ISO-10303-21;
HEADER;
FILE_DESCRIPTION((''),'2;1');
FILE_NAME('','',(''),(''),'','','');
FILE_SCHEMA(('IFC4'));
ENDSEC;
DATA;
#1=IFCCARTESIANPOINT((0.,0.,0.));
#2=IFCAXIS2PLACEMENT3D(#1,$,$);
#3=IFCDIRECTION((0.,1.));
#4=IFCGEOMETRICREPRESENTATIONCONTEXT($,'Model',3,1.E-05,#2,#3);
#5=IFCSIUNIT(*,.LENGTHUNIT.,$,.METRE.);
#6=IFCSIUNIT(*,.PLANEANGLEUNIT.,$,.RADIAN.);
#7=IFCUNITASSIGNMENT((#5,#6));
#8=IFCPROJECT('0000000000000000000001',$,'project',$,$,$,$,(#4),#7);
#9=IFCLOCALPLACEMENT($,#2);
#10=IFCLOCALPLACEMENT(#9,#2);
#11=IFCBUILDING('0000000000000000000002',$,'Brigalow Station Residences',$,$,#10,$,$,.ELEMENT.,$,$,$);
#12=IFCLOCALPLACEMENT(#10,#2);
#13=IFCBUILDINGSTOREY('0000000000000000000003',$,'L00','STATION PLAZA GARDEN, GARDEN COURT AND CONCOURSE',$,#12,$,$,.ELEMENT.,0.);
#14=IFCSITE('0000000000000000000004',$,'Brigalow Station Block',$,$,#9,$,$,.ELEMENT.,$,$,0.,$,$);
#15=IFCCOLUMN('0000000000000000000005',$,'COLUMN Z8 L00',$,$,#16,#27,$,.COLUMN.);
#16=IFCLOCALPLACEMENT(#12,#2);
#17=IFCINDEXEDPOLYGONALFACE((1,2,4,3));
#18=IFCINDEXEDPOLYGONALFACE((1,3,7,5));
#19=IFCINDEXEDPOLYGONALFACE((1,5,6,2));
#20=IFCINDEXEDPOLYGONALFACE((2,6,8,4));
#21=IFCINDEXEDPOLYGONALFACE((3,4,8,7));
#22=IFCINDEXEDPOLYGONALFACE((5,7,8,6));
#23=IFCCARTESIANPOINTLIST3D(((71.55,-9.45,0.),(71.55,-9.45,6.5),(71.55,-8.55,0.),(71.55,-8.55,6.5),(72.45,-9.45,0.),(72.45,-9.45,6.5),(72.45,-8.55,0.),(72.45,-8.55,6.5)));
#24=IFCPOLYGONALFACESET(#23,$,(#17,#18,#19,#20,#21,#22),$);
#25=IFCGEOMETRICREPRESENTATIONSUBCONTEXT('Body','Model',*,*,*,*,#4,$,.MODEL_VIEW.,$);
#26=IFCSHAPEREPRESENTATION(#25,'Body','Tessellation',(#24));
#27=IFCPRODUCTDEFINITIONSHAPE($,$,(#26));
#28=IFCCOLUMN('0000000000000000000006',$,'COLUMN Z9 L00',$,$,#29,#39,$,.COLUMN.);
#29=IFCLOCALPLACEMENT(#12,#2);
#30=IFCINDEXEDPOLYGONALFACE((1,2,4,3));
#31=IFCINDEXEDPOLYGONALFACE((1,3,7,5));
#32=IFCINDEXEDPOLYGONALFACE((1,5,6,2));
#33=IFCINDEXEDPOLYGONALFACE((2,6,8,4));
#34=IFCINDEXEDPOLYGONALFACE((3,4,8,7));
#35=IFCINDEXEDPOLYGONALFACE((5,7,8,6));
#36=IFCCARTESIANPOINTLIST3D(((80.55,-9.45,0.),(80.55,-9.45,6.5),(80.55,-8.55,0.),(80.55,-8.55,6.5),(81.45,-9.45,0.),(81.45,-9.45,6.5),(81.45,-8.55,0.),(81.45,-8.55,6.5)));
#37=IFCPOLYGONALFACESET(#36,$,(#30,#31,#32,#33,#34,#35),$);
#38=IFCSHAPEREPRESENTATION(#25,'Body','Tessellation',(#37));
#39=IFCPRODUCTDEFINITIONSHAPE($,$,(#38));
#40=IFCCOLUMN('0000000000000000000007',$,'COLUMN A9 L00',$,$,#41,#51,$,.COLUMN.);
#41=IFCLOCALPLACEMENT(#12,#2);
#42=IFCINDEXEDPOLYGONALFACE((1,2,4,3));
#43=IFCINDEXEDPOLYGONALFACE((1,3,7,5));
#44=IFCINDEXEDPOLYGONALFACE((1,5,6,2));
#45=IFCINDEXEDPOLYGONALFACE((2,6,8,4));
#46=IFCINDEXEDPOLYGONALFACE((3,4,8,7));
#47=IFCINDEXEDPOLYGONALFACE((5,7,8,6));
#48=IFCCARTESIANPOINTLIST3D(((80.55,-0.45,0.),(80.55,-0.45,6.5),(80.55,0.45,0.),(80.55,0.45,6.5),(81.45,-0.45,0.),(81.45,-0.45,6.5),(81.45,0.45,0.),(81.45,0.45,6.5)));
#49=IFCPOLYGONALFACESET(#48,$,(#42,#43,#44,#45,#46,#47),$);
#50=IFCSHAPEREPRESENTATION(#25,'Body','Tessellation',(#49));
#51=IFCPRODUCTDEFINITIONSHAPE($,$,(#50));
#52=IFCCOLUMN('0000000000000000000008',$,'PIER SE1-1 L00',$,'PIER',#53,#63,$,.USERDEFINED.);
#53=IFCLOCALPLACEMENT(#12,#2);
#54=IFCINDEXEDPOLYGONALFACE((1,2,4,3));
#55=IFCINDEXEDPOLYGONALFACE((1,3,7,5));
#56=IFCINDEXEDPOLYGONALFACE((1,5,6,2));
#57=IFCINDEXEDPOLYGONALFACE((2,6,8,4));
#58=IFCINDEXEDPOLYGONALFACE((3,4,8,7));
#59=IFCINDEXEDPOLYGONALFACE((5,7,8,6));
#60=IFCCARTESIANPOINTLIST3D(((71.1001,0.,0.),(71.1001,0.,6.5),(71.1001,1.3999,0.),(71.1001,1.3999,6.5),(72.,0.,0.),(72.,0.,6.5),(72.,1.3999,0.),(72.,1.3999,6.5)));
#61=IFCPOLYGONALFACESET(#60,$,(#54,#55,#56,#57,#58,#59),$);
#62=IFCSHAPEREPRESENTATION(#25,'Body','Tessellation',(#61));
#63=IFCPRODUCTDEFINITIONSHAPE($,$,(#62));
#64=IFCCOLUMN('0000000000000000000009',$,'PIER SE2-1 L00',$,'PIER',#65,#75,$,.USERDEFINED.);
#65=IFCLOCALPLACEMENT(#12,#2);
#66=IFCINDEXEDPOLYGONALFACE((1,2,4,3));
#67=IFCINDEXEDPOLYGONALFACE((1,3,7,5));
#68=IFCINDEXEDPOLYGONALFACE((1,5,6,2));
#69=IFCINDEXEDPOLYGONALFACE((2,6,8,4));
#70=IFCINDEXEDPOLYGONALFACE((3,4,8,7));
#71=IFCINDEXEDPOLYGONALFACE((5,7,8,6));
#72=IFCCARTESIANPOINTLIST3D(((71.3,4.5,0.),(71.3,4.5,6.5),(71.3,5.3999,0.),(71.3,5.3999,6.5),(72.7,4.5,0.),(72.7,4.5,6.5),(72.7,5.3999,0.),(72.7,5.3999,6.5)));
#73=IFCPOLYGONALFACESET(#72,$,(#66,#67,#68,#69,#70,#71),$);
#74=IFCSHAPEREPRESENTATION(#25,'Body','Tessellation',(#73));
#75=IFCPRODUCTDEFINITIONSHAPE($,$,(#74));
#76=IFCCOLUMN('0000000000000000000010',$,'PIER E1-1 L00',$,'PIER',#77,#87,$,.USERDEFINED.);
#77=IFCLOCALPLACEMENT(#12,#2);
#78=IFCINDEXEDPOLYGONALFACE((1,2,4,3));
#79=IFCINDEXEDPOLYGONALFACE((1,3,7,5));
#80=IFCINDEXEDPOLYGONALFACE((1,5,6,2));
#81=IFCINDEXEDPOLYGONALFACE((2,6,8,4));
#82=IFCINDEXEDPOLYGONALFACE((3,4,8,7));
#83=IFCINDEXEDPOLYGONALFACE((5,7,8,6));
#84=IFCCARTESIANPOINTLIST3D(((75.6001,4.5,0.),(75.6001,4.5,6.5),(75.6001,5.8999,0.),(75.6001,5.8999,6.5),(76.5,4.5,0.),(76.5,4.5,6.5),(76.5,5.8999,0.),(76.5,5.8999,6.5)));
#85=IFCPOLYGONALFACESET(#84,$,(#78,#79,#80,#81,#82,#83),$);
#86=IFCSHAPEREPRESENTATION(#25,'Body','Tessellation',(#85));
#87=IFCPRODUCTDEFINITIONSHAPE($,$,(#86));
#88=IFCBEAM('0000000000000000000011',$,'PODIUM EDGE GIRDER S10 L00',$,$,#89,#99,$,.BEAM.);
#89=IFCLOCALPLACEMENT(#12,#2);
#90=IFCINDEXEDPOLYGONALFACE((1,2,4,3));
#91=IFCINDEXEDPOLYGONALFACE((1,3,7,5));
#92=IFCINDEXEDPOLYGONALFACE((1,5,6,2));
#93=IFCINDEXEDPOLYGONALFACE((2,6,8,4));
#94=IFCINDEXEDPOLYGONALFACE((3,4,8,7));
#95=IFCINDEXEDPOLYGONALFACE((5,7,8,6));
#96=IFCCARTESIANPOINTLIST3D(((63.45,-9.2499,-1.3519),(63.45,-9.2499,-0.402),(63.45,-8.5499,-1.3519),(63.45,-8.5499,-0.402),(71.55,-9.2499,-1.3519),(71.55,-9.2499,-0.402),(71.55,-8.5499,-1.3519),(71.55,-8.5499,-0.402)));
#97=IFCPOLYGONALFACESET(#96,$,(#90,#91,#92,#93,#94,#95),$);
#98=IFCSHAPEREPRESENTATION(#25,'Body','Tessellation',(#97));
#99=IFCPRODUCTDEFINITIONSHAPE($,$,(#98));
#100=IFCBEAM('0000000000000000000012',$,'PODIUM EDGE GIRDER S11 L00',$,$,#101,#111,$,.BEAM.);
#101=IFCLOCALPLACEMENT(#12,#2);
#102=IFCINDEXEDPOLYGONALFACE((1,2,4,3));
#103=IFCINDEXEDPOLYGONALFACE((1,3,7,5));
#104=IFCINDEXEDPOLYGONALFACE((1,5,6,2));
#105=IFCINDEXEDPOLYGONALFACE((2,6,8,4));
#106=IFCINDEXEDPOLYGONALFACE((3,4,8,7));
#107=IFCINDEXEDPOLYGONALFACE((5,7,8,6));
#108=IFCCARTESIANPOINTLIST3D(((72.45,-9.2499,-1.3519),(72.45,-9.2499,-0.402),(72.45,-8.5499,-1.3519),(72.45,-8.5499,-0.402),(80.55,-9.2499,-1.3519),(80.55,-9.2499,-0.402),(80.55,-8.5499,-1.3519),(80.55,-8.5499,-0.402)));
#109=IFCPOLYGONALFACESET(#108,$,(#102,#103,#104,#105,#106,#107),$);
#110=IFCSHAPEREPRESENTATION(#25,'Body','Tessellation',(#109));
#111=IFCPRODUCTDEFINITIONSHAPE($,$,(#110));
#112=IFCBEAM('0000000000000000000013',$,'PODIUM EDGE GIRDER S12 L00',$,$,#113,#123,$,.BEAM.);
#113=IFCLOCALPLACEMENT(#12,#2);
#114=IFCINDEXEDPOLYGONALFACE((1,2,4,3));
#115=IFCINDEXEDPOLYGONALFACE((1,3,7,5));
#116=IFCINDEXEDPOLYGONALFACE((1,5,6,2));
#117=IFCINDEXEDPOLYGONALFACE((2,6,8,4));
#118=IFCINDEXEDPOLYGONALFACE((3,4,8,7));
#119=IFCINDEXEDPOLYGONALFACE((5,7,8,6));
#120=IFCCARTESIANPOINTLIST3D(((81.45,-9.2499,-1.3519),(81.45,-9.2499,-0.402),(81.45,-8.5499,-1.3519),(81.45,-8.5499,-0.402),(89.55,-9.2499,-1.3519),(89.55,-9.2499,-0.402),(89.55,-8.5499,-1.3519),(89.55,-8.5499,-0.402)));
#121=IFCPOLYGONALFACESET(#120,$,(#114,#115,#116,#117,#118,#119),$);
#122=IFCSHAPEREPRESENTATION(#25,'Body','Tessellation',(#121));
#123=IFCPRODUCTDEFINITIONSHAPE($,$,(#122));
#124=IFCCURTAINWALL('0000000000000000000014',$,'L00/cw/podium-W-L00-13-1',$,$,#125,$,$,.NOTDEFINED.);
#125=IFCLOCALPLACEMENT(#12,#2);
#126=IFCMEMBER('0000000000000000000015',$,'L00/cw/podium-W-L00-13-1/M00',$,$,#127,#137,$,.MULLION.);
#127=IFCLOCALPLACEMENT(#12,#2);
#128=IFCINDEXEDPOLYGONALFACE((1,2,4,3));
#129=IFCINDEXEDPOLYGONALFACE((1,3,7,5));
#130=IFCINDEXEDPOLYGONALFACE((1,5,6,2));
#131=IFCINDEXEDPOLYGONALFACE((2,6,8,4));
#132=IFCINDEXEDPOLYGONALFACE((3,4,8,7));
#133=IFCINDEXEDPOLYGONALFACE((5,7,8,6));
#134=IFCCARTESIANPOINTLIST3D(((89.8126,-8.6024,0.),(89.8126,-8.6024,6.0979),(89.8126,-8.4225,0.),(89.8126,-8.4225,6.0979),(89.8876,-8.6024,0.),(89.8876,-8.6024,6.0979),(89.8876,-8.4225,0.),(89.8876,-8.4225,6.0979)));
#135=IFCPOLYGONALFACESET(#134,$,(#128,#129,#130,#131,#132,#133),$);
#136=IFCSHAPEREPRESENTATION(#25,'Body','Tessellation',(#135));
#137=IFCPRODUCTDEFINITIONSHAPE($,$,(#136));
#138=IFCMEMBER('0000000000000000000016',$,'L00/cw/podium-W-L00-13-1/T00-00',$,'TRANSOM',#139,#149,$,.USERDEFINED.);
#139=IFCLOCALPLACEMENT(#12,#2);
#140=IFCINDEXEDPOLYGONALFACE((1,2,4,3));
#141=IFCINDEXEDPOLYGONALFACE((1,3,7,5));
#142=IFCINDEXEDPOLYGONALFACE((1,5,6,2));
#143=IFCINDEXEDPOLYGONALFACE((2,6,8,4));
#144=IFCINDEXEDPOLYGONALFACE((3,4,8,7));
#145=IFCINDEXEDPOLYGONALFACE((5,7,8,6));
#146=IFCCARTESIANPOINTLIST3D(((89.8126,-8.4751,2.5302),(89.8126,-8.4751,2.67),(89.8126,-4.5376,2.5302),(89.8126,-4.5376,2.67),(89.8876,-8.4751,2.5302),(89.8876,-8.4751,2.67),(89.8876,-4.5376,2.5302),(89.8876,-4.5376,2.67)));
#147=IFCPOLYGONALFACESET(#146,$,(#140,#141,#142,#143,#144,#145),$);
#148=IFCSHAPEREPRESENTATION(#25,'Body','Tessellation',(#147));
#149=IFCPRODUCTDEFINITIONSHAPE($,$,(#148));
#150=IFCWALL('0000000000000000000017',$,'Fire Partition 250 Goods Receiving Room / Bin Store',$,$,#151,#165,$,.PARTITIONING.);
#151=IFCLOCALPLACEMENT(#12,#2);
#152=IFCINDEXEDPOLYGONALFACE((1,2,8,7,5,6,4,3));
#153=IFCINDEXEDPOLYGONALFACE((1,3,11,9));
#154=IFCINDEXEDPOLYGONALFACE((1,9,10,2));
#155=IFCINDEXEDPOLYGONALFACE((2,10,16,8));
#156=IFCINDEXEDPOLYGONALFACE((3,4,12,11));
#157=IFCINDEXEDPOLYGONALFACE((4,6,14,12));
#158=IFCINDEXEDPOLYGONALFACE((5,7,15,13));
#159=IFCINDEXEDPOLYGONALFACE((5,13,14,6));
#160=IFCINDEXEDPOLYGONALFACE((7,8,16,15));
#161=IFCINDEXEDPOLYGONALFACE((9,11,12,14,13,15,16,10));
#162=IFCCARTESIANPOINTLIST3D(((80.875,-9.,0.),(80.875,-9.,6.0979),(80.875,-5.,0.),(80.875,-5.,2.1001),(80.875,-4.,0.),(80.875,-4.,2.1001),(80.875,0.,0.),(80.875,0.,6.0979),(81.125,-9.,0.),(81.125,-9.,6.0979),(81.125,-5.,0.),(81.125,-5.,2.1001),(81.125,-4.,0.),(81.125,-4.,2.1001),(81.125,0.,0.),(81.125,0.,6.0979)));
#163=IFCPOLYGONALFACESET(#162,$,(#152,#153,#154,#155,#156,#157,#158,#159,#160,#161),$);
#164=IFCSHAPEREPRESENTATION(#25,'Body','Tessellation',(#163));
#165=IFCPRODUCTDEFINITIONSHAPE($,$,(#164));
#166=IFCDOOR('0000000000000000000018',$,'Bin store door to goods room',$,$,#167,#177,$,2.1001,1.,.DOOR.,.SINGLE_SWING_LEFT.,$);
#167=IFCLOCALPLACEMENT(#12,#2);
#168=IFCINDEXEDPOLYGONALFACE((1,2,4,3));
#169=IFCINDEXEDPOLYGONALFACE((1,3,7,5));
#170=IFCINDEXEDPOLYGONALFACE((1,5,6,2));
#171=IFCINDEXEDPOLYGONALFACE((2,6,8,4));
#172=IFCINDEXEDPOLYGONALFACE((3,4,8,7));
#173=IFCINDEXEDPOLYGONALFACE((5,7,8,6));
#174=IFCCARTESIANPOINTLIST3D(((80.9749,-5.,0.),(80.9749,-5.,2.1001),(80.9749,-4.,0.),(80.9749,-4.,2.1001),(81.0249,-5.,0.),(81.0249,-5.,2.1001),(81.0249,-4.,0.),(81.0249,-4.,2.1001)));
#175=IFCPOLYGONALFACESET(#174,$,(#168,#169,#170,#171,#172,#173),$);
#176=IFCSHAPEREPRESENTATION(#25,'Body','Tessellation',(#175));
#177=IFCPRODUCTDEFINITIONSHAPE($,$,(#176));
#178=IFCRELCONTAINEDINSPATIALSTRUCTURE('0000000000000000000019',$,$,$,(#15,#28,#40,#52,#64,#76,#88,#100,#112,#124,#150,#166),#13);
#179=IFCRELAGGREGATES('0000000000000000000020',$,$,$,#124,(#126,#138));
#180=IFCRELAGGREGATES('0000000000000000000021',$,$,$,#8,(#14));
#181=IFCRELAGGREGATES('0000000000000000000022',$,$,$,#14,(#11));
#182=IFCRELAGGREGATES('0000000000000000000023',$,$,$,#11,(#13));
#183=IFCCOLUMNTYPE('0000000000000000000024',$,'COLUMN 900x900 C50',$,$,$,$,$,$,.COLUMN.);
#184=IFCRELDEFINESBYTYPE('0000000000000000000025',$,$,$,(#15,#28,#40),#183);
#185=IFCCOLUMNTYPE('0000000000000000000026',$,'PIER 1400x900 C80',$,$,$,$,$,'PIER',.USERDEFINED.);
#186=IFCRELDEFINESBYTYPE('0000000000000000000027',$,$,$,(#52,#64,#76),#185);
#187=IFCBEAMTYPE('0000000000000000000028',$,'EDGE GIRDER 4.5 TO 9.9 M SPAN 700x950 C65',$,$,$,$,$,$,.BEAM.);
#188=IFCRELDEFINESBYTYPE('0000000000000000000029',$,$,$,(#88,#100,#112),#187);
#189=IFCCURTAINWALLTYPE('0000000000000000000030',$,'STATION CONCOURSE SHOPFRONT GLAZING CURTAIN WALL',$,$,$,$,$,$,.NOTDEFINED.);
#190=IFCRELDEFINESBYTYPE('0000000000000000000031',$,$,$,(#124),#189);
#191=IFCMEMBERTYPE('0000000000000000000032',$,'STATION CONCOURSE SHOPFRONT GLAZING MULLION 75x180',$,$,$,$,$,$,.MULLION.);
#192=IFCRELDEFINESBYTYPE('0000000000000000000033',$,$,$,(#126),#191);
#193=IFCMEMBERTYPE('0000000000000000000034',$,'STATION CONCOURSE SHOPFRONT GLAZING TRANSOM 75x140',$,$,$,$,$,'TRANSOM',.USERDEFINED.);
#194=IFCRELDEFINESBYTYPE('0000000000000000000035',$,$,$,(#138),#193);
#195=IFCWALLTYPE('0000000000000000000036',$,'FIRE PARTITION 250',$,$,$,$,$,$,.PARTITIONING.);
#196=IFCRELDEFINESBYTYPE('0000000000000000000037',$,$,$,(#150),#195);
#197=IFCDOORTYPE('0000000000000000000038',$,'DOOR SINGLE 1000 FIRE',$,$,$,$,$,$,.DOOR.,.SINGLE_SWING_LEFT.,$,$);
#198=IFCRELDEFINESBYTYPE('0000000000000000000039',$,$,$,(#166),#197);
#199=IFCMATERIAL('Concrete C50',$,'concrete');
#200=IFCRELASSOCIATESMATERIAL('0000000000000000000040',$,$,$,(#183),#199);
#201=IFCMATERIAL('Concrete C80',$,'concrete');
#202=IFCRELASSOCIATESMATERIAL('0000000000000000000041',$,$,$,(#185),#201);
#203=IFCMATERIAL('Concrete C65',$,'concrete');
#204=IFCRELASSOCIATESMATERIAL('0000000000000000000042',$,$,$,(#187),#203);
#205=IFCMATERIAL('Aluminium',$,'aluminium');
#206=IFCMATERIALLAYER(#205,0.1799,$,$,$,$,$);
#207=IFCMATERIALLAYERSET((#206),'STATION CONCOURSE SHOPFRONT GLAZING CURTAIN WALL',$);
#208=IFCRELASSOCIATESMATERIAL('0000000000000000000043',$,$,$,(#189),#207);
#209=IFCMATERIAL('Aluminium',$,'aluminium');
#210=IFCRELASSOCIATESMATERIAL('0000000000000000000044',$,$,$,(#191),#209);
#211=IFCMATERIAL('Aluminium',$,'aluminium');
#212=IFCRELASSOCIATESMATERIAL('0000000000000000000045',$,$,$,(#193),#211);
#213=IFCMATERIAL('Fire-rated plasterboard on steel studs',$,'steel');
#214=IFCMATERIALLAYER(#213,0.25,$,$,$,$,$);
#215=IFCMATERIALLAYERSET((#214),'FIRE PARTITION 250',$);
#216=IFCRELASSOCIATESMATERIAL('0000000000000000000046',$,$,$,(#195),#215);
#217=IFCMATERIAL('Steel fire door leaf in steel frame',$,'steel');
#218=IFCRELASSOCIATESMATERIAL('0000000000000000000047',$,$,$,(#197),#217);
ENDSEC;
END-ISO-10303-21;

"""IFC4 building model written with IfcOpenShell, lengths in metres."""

from ifc_helpers import new_model, si_unit, direction, frame, frame_2d, origin, origin_2d, place, context, subcontext, project, spatial, rectangle, extrude, material, layer, layer_set, material_profile, profile_set, type_object, element, fill, aggregate, save


model = new_model("IFC4")

# Units and contexts
model_context = context("Model", 3, precision=1e-05, world=origin(), true_north=direction((0.0, 1.0)))
body_context = subcontext(model_context, "Body", "Model", "MODEL_VIEW")
ifc_project = project(units=[si_unit("LENGTHUNIT", "METRE"), si_unit("PLANEANGLEUNIT", "RADIAN")], contexts=[model_context])

# Site, building, storey
site_placement = place(None, origin())
site = spatial("IfcSite", under=ifc_project, at=site_placement, Name="Brigalow Station Block", CompositionType="ELEMENT", RefElevation=0.0)
building_placement = place(site_placement, origin())
building = spatial("IfcBuilding", under=site, at=building_placement, Name="Brigalow Station Residences", CompositionType="ELEMENT")
storey_placement = place(building_placement, origin())
storey = spatial("IfcBuildingStorey", under=building, at=storey_placement, Name="L00", Description="STATION PLAZA GARDEN, GARDEN COURT AND CONCOURSE", CompositionType="ELEMENT", Elevation=0.0)

# Columns
ifc_material_1 = material(Name="Concrete C50", Category="concrete")
ifc_material_profile_1 = material_profile(ifc_material_1, rectangle(XDim=0.8999, YDim=0.8999, at=origin_2d()), Name="RC900x900")
ifc_profile_set_1 = profile_set([ifc_material_profile_1], Name="Concrete C50")
column_type_1 = type_object("IfcColumnType", Name="COLUMN 900x900 C50", PredefinedType="COLUMN", material=ifc_profile_set_1)
for number, where, z_axis, x_axis, name in (
    (1, (72.0, -9.0, 0.0), (0.0, 0.0, 1.0), (1.0, 0.0, 0.0), "COLUMN Z8 L00"),
    (2, (81.0, -9.0, 0.0), (0.0, 0.0, 1.0), (1.0, 0.0, 0.0), "COLUMN Z9 L00"),
    (3, (81.0, 0.0, 0.0), (0.0, 0.0, 1.0), (1.0, 0.0, 0.0), "COLUMN A9 L00"),
):
    element("IfcColumn", number, at=place(storey_placement, frame(where, z_axis=z_axis, x_axis=x_axis)), inside=storey, type_object=column_type_1, Name=name, PredefinedType="COLUMN", context=body_context, shape_type="SweptSolid", body=[
        extrude(rectangle(XDim=0.8999, YDim=0.8999, at=origin_2d()), origin(), (0.0, 0.0, 1.0), 6.5),
    ])
ifc_material_2 = material(Name="Concrete C80", Category="concrete")
ifc_material_profile_2 = material_profile(ifc_material_2, rectangle(XDim=1.3999, YDim=0.8999, at=origin_2d()), Name="RC1400x900")
ifc_profile_set_2 = profile_set([ifc_material_profile_2], Name="Concrete C80")
column_type_2 = type_object("IfcColumnType", Name="PIER 1400x900 C80", ElementType="PIER", PredefinedType="USERDEFINED", material=ifc_profile_set_2)
for number, where, z_axis, x_axis, name in (
    (4, (71.55, 0.7, 0.0), (0.0, 0.0, 1.0), (0.0, 1.0, 0.0), "PIER SE1-1 L00"),
    (5, (72.0, 4.95, 0.0), (0.0, 0.0, 1.0), (1.0, 0.0, 0.0), "PIER SE2-1 L00"),
    (6, (76.05, 5.2, 0.0), (0.0, 0.0, 1.0), (0.0, 1.0, 0.0), "PIER E1-1 L00"),
):
    element("IfcColumn", number, at=place(storey_placement, frame(where, z_axis=z_axis, x_axis=x_axis)), inside=storey, type_object=column_type_2, Name=name, ObjectType="PIER", PredefinedType="USERDEFINED", context=body_context, shape_type="SweptSolid", body=[
        extrude(rectangle(XDim=1.3999, YDim=0.8999, at=origin_2d()), origin(), (0.0, 0.0, 1.0), 6.5),
    ])

# Beams
ifc_material_3 = material(Name="Concrete C65", Category="concrete")
ifc_material_profile_3 = material_profile(ifc_material_3, rectangle(XDim=0.7, YDim=0.95, at=origin_2d()), Name="RC700x950")
ifc_profile_set_3 = profile_set([ifc_material_profile_3], Name="Concrete C65")
beam_type = type_object("IfcBeamType", Name="EDGE GIRDER 4.5 TO 9.9 M SPAN 700x950 C65", PredefinedType="BEAM", material=ifc_profile_set_3)
for number, where, z_axis, x_axis, name in (
    (7, (63.45, -8.8999, -0.877), (1.0, 0.0, 0.0), (0.0, 1.0, 0.0), "PODIUM EDGE GIRDER S10 L00"),
    (8, (72.45, -8.8999, -0.877), (1.0, 0.0, 0.0), (0.0, 1.0, 0.0), "PODIUM EDGE GIRDER S11 L00"),
    (9, (81.45, -8.8999, -0.877), (1.0, 0.0, 0.0), (0.0, 1.0, 0.0), "PODIUM EDGE GIRDER S12 L00"),
):
    element("IfcBeam", number, at=place(storey_placement, frame(where, z_axis=z_axis, x_axis=x_axis)), inside=storey, type_object=beam_type, Name=name, PredefinedType="BEAM", context=body_context, shape_type="SweptSolid", body=[
        extrude(rectangle(XDim=0.7, YDim=0.95, at=origin_2d()), origin(), (0.0, 0.0, 1.0), 8.1001),
    ])

# Curtain wall, members
ifc_material_4 = material(Name="Aluminium", Category="aluminium")
ifc_layer_1 = layer(ifc_material_4, 0.1799)
ifc_layer_set_1 = layer_set([ifc_layer_1], Name="STATION CONCOURSE SHOPFRONT GLAZING CURTAIN WALL")
curtain_wall_type = type_object("IfcCurtainWallType", Name="STATION CONCOURSE SHOPFRONT GLAZING CURTAIN WALL", PredefinedType="NOTDEFINED", material=ifc_layer_set_1)
curtain_wall_placement = place(storey_placement, origin())
curtain_wall = element("IfcCurtainWall", 10, at=curtain_wall_placement, inside=storey, type_object=curtain_wall_type, Name="L00/cw/podium-W-L00-13-1", PredefinedType="NOTDEFINED")
ifc_material_5 = material(Name="Aluminium", Category="aluminium")
ifc_material_profile_4 = material_profile(ifc_material_5, rectangle(XDim=0.075, YDim=0.1799, at=origin_2d()), Name="STATION CONCOURSE SHOPFRONT GLAZING MULLION 75x180")
ifc_profile_set_4 = profile_set([ifc_material_profile_4], Name="Aluminium")
member_type_1 = type_object("IfcMemberType", Name="STATION CONCOURSE SHOPFRONT GLAZING MULLION 75x180", PredefinedType="MULLION", material=ifc_profile_set_4)
member_1_placement = place(storey_placement, frame((89.8501, -8.5125, 0.0), z_axis=(0.0, 0.0, 1.0), x_axis=(-1.0, 0.0, 0.0)))
member_1 = element("IfcMember", 11, at=member_1_placement, type_object=member_type_1, Name="L00/cw/podium-W-L00-13-1/M00", PredefinedType="MULLION", context=body_context, shape_type="SweptSolid", body=[
    extrude(rectangle(XDim=0.075, YDim=0.1799, at=origin_2d()), origin(), (0.0, 0.0, 1.0), 6.0979),
])
ifc_material_6 = material(Name="Aluminium", Category="aluminium")
ifc_material_profile_5 = material_profile(ifc_material_6, rectangle(XDim=0.075, YDim=0.1399, at=origin_2d()), Name="STATION CONCOURSE SHOPFRONT GLAZING TRANSOM 75x140")
ifc_profile_set_5 = profile_set([ifc_material_profile_5], Name="Aluminium")
member_type_2 = type_object("IfcMemberType", Name="STATION CONCOURSE SHOPFRONT GLAZING TRANSOM 75x140", ElementType="TRANSOM", PredefinedType="USERDEFINED", material=ifc_profile_set_5)
member_2_placement = place(storey_placement, frame((89.8501, -8.4751, 2.6001), z_axis=(0.0, 1.0, 0.0), x_axis=(-1.0, 0.0, 0.0)))
member_2 = element("IfcMember", 12, at=member_2_placement, type_object=member_type_2, Name="L00/cw/podium-W-L00-13-1/T00-00", ObjectType="TRANSOM", PredefinedType="USERDEFINED", context=body_context, shape_type="SweptSolid", body=[
    extrude(rectangle(XDim=0.075, YDim=0.1399, at=origin_2d()), origin(), (0.0, 0.0, 1.0), 3.9375),
])
aggregate(curtain_wall, [member_1, member_2])

# Wall, opening, door
ifc_material_7 = material(Name="Fire-rated plasterboard on steel studs", Category="steel")
ifc_layer_2 = layer(ifc_material_7, 0.25)
ifc_layer_set_2 = layer_set([ifc_layer_2], Name="FIRE PARTITION 250")
wall_type_1 = type_object("IfcWallType", Name="FIRE PARTITION 250", PredefinedType="PARTITIONING", material=ifc_layer_set_2)
wall_1_placement = place(storey_placement, frame((81.0, -9.0, 0.0), z_axis=(0.0, 0.0, 1.0), x_axis=(0.0, 1.0, 0.0)))
wall_1 = element("IfcWall", 13, at=wall_1_placement, inside=storey, type_object=wall_type_1, Name="Fire Partition 250 Goods Receiving Room / Bin Store", PredefinedType="PARTITIONING", context=body_context, shape_type="SweptSolid", body=[
    extrude(rectangle(XDim=9.0, YDim=0.25, at=frame_2d((4.5, 0.0))), origin(), (0.0, 0.0, 1.0), 6.0979),
])
opening_1_placement = place(wall_1_placement, frame((4.0, 0.0, 0.0)))
opening_1 = element("IfcOpeningElement", 14, at=opening_1_placement, cuts=wall_1, PredefinedType="OPENING", context=body_context, shape_type="SweptSolid", body=[
    extrude(rectangle(XDim=1.0, YDim=2.1001, at=frame_2d((0.5, 1.05))), frame((0.0, 0.135, 0.0), z_axis=(0.0, -1.0, 0.0), x_axis=(1.0, 0.0, 0.0)), (0.0, 0.0, 1.0), 0.27),
])
ifc_material_8 = material(Name="Steel fire door leaf in steel frame", Category="steel")
door_type_1 = type_object("IfcDoorType", Name="DOOR SINGLE 1000 FIRE", OperationType="SINGLE_SWING_LEFT", PredefinedType="DOOR", material=ifc_material_8)
door_1_placement = place(opening_1_placement, frame((1.0, 0.0, 0.0), z_axis=(0.0, 0.0, 1.0), x_axis=(-1.0, 0.0, 0.0)))
door_1 = element("IfcDoor", 15, at=door_1_placement, inside=storey, type_object=door_type_1, Name="Bin store door to goods room", OperationType="SINGLE_SWING_LEFT", OverallHeight=2.1001, OverallWidth=1.0, PredefinedType="DOOR", context=body_context, shape_type="SweptSolid", body=[
    extrude(rectangle(XDim=1.0, YDim=2.1001, at=frame_2d((0.5, 1.05))), frame((0.0, 0.0249, 0.0), z_axis=(0.0, -1.0, 0.0), x_axis=(1.0, 0.0, 0.0)), (0.0, 0.0, 1.0), 0.05),
])
fill(opening_1, door_1)

save(model, "model.ifc")
